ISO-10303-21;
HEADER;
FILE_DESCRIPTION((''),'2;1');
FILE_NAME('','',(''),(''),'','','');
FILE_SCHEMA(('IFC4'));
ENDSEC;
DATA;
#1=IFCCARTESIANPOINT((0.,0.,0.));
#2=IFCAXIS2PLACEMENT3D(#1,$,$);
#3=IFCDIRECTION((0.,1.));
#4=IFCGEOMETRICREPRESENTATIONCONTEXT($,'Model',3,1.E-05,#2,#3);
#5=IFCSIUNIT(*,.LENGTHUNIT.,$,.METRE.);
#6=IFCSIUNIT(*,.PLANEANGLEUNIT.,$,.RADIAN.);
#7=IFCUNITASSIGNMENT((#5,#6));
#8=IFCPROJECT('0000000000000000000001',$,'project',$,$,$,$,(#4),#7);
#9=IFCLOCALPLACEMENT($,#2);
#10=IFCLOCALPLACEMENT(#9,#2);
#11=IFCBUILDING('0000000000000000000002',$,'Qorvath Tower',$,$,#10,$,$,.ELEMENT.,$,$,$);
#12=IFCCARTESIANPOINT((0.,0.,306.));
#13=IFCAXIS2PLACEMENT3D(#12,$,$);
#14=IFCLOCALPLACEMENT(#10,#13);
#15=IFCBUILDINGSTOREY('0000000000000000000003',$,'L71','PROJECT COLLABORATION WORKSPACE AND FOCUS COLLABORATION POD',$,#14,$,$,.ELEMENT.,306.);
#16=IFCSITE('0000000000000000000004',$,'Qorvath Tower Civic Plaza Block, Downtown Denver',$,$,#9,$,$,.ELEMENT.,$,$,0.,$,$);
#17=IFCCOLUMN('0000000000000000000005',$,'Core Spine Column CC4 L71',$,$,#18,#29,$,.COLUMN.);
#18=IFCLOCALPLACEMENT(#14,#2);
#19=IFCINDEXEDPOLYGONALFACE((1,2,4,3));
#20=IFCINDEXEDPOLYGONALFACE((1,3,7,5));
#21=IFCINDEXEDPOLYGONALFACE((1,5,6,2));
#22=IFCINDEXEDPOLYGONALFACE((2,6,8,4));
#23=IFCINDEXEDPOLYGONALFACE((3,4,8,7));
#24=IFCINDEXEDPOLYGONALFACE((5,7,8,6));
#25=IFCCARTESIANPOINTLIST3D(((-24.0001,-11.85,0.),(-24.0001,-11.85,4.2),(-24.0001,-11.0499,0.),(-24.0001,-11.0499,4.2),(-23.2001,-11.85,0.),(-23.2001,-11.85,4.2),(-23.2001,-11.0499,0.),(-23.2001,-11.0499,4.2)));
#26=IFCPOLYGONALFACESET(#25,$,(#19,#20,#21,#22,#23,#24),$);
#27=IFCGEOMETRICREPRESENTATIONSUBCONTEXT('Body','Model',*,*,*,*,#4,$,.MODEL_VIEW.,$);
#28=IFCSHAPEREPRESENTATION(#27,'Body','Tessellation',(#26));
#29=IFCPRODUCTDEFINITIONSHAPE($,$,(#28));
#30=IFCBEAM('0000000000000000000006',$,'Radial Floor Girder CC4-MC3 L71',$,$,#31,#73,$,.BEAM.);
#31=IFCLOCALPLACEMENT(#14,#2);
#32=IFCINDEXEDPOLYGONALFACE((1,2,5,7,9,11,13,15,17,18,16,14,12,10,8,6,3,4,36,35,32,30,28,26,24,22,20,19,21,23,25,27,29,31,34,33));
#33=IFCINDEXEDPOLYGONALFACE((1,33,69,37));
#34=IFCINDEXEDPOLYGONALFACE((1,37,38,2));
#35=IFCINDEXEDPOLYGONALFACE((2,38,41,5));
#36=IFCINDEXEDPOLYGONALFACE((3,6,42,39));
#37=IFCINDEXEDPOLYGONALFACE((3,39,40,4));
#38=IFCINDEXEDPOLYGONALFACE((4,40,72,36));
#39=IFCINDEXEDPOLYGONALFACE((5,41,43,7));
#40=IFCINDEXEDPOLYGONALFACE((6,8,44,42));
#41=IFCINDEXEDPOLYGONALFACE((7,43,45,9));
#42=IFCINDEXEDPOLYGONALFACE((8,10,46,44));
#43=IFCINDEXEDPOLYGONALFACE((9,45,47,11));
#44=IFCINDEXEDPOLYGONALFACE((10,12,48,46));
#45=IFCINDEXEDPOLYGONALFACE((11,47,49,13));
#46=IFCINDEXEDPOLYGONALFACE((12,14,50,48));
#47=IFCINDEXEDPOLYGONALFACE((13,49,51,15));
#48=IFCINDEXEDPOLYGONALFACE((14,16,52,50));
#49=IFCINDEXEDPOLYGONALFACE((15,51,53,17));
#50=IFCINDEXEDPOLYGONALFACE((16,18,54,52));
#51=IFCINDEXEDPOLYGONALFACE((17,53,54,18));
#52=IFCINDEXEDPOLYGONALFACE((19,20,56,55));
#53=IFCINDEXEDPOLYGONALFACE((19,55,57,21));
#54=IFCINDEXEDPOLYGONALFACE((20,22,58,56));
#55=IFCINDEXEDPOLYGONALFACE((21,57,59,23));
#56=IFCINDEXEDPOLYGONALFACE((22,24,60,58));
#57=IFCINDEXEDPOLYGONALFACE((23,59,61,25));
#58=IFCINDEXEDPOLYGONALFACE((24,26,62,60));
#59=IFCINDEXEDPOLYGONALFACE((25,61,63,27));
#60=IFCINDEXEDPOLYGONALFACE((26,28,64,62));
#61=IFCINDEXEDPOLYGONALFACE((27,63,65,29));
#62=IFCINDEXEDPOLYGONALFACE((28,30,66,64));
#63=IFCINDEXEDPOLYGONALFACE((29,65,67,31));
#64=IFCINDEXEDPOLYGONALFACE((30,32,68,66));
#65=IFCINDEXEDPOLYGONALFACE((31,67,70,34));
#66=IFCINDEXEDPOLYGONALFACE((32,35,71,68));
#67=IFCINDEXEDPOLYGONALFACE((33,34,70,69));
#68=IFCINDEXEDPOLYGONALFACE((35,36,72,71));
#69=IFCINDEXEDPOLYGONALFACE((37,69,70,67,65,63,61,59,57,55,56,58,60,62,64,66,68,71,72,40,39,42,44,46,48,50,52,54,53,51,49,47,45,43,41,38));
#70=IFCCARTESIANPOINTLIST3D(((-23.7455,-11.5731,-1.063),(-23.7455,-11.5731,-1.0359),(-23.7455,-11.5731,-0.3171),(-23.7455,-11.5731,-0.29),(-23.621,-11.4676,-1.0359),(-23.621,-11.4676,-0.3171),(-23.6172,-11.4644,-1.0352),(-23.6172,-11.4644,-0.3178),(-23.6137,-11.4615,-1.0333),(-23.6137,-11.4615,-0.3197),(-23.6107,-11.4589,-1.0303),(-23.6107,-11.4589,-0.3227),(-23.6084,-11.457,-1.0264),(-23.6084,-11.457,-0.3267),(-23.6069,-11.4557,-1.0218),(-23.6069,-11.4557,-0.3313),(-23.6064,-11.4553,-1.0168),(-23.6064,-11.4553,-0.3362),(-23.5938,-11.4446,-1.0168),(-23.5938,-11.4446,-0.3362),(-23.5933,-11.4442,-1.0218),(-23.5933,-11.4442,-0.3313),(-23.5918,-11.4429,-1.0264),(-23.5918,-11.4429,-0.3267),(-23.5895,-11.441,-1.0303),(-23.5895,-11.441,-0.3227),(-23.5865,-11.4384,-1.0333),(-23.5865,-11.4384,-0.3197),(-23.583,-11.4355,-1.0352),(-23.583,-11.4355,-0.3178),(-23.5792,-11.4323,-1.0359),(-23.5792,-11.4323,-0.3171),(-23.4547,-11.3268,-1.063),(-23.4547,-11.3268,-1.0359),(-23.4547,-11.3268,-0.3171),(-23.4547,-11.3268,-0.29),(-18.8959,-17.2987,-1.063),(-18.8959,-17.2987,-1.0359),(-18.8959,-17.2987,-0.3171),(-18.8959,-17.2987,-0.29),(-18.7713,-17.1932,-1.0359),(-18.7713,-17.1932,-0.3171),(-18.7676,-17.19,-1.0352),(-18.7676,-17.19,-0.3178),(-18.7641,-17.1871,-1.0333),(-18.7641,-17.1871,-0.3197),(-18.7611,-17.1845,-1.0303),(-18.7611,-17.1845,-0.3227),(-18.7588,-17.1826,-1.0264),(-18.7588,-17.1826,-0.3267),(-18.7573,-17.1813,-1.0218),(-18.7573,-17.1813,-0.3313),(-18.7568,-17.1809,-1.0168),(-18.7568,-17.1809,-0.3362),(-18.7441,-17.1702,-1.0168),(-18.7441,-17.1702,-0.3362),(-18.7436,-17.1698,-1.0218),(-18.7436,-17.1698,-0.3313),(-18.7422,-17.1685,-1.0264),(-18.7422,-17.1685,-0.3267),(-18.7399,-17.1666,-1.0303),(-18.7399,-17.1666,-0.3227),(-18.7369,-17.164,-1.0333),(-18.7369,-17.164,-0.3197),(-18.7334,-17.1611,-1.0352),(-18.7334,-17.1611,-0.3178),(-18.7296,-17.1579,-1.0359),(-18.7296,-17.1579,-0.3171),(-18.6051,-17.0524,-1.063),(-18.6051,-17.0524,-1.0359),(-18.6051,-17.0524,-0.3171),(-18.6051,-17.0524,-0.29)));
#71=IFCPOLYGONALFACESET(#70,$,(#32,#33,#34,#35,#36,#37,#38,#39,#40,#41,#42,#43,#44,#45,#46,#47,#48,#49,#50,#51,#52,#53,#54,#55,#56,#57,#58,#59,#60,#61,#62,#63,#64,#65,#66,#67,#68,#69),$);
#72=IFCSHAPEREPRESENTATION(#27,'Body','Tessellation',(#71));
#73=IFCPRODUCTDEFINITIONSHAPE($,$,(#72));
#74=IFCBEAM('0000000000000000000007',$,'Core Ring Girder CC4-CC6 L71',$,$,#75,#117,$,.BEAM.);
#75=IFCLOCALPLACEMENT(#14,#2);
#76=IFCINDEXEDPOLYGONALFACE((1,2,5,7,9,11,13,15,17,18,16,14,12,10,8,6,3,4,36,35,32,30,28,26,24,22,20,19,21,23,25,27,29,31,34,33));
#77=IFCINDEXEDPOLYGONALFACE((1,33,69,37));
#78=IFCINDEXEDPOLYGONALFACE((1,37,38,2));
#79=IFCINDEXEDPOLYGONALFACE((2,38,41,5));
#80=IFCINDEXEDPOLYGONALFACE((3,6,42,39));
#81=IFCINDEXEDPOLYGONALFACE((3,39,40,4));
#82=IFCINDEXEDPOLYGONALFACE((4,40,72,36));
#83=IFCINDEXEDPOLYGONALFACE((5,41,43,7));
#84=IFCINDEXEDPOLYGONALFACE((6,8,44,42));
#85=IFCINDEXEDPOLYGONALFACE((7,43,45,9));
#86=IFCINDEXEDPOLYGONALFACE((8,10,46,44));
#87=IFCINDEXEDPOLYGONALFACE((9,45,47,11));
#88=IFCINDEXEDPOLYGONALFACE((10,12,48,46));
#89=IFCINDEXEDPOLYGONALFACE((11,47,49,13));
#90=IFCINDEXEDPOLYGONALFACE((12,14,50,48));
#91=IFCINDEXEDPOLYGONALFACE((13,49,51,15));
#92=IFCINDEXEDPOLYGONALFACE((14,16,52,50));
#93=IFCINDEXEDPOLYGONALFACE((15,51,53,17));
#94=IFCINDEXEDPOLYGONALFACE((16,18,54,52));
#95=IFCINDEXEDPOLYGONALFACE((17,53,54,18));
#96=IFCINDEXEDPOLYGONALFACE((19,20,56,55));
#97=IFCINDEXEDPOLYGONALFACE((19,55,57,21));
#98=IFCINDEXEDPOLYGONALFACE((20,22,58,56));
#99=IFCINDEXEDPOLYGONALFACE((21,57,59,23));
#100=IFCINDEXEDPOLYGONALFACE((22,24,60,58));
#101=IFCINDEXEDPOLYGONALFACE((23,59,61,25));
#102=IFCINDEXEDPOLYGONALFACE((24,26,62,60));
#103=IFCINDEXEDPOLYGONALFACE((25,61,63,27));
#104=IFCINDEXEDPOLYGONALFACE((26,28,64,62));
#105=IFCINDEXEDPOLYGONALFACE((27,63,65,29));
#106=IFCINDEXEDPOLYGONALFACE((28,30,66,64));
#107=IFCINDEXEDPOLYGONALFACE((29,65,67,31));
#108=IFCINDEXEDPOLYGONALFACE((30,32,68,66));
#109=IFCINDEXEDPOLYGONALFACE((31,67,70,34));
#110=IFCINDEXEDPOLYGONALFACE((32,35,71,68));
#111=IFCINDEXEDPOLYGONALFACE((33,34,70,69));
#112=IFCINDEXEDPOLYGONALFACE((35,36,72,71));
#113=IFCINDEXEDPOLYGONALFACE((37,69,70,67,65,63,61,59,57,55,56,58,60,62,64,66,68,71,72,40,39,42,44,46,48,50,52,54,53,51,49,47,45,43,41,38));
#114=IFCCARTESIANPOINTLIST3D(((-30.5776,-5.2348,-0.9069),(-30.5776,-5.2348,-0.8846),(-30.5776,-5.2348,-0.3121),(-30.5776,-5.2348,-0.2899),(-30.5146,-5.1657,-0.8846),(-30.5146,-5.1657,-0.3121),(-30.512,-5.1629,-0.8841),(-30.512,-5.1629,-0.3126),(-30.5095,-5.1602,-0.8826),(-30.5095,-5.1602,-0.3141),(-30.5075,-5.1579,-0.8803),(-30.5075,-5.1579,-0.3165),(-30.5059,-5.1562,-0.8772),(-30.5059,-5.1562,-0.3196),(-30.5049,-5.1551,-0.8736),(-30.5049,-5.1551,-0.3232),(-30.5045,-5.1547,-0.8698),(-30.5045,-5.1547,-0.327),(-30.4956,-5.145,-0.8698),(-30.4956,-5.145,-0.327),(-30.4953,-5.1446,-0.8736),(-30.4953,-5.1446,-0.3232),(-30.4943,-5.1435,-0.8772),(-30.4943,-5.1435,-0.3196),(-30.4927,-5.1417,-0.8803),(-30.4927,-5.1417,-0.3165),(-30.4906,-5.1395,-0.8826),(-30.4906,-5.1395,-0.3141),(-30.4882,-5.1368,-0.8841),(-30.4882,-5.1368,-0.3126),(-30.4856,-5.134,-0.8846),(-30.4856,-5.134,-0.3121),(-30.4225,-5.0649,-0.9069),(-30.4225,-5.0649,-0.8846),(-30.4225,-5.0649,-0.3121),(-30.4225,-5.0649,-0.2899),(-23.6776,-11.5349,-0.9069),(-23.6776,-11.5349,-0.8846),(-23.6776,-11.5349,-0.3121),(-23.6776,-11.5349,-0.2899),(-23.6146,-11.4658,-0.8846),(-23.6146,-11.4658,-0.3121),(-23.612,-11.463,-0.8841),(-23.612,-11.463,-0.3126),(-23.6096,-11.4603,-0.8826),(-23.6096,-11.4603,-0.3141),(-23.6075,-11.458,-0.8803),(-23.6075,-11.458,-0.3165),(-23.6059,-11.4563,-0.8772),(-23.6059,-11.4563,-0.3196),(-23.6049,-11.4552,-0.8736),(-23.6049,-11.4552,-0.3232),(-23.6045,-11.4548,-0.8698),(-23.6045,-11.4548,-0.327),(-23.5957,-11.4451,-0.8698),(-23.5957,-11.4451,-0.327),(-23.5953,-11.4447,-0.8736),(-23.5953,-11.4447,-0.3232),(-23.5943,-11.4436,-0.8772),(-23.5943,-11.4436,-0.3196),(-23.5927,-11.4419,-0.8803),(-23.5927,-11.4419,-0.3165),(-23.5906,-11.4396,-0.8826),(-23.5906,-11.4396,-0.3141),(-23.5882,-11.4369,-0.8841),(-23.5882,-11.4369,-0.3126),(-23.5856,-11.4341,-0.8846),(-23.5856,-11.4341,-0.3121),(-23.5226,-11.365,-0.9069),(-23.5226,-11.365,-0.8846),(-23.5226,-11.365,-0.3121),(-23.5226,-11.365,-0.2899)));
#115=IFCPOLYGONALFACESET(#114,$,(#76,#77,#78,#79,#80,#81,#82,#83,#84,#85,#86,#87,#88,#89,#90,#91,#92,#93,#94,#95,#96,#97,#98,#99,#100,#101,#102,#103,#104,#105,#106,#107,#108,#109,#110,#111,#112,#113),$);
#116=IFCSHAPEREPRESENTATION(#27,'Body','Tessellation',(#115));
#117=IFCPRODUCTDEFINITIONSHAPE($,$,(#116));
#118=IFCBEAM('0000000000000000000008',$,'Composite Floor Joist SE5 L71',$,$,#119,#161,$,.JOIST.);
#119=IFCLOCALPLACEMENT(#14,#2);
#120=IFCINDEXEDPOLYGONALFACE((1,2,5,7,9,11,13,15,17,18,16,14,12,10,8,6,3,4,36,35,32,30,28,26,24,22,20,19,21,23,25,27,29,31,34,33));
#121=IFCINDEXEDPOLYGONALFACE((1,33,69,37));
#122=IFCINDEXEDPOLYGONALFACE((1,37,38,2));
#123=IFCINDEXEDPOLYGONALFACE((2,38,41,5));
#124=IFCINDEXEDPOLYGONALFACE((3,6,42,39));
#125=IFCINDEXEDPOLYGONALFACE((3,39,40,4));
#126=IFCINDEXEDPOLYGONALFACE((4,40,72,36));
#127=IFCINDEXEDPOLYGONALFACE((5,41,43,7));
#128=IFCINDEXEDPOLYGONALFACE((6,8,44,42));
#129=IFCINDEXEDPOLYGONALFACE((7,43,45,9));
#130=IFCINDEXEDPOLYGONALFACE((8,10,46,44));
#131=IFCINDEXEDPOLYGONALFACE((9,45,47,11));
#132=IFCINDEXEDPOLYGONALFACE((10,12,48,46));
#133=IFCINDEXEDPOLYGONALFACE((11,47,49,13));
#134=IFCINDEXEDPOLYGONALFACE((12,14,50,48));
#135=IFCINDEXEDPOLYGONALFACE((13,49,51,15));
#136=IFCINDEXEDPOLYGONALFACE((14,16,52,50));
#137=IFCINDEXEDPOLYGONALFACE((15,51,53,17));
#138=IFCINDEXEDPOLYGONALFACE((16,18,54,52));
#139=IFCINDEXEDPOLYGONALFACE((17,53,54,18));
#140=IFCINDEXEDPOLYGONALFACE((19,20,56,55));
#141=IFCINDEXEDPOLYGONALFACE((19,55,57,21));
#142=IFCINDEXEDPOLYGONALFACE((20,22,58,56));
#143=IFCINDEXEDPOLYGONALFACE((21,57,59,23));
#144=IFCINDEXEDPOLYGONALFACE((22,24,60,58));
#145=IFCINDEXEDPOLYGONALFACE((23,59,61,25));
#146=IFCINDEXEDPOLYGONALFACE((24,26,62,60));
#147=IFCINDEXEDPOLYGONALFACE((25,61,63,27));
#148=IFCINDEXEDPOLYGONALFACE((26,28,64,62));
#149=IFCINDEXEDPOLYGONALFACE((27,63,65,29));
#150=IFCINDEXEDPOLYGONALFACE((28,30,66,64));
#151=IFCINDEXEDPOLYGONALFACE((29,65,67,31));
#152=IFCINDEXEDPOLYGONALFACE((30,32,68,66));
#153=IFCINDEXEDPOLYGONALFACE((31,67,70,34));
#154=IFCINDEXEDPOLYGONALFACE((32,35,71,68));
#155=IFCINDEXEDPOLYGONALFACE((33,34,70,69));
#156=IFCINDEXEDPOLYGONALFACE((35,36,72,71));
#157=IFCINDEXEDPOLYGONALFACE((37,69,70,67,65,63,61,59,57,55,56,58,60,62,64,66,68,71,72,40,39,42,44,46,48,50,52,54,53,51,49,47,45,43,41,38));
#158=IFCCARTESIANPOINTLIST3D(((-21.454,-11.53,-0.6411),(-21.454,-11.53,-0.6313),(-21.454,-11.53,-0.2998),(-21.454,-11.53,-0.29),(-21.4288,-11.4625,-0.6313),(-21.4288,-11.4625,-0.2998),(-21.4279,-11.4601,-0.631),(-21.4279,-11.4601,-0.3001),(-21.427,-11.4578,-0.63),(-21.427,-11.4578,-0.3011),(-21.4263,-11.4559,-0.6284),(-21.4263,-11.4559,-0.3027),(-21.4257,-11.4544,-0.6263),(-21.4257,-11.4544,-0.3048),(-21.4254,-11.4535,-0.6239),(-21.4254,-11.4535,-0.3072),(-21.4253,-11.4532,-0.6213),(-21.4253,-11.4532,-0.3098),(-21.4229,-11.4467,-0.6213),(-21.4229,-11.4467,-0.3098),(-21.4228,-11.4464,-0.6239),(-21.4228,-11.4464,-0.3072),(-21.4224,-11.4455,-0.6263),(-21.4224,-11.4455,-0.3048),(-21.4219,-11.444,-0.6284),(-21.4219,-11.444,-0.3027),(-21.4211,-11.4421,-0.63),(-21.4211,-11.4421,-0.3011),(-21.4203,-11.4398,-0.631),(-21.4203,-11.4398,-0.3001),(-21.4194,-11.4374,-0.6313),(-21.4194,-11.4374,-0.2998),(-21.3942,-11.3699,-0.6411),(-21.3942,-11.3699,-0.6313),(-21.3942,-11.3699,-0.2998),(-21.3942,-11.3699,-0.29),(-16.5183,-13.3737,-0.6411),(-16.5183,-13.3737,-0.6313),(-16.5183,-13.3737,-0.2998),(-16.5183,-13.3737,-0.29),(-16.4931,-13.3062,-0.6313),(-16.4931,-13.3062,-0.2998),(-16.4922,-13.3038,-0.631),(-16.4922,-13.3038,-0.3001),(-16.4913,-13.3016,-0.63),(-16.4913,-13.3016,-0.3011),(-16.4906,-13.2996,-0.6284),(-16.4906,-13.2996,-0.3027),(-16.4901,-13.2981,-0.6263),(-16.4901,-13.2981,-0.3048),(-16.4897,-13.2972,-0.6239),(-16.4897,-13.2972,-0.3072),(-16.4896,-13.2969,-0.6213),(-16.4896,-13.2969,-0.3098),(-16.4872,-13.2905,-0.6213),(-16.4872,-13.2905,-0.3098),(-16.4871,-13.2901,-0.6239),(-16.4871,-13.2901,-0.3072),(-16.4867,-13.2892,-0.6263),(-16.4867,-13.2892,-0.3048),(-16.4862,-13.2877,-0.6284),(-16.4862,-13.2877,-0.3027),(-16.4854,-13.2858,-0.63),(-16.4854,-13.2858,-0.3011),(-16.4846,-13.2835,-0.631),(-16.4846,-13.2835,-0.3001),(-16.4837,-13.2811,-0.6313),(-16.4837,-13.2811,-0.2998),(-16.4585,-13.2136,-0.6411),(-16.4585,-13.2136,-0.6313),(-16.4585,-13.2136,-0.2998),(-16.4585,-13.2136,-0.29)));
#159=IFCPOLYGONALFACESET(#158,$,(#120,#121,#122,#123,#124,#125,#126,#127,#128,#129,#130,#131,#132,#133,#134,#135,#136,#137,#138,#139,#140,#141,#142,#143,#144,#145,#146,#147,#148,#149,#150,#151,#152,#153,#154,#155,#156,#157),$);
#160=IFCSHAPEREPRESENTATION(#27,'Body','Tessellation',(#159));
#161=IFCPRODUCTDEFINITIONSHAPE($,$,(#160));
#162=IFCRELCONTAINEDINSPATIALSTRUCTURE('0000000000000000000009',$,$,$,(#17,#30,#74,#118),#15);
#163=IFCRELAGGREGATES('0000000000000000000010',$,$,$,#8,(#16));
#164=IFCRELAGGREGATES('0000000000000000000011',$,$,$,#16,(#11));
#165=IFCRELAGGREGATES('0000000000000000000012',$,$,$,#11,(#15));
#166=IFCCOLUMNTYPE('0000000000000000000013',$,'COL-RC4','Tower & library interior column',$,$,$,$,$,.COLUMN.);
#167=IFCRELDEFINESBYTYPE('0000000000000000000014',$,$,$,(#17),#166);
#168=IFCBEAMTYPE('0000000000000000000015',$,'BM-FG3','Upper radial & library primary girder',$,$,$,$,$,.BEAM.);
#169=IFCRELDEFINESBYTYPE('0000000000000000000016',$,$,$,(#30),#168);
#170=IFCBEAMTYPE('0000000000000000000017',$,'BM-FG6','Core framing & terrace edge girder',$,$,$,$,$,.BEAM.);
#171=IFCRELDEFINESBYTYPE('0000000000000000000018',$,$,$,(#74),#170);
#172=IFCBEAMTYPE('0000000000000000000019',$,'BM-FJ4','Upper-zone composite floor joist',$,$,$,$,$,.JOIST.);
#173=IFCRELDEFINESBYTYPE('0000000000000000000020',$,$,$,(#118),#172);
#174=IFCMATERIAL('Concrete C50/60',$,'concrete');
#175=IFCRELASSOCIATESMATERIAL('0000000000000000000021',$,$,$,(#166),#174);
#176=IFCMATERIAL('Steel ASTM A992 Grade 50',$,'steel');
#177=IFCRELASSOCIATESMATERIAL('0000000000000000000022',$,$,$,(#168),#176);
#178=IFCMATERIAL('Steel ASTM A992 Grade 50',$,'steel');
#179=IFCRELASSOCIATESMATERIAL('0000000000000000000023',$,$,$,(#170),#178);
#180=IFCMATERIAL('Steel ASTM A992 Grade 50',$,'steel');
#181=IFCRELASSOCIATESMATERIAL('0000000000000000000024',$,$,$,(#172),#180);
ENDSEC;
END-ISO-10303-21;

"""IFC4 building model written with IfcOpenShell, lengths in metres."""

from ifc_helpers import new_model, si_unit, direction, frame, origin, origin_2d, place, context, subcontext, project, spatial, rectangle, i_section, extrude, material, material_profile, profile_set, type_object, element, save


model = new_model("IFC4")

# Units and contexts
model_context = context("Model", 3, precision=1e-05, world=origin(), true_north=direction((0.0, 1.0)))
body_context = subcontext(model_context, "Body", "Model", "MODEL_VIEW")
ifc_project = project(units=[si_unit("LENGTHUNIT", "METRE"), si_unit("PLANEANGLEUNIT", "RADIAN")], contexts=[model_context])

# Site, building, storey
site_placement = place(None, origin())
site = spatial("IfcSite", under=ifc_project, at=site_placement, Name="Qorvath Tower Civic Plaza Block, Downtown Denver", CompositionType="ELEMENT", RefElevation=0.0)
building_placement = place(site_placement, origin())
building = spatial("IfcBuilding", under=site, at=building_placement, Name="Qorvath Tower", CompositionType="ELEMENT")
storey_placement = place(building_placement, frame((0.0, 0.0, 306.0)))
storey = spatial("IfcBuildingStorey", under=building, at=storey_placement, Name="L71", Description="PROJECT COLLABORATION WORKSPACE AND FOCUS COLLABORATION POD", CompositionType="ELEMENT", Elevation=306.0)

# Column
ifc_material_1 = material(Name="Concrete C50/60", Category="concrete")
ifc_material_profile_1 = material_profile(ifc_material_1, rectangle(XDim=0.8, YDim=0.8, at=origin_2d()), Name="RC 800x800")
ifc_profile_set_1 = profile_set([ifc_material_profile_1], Name="Concrete C50/60")
column_type = type_object("IfcColumnType", Name="COL-RC4", Description="Tower & library interior column", PredefinedType="COLUMN", material=ifc_profile_set_1)
column_placement = place(storey_placement, frame((-23.6001, -11.45, 0.0), z_axis=(0.0, 0.0, 1.0), x_axis=(1.0, 0.0, 0.0)))
element("IfcColumn", 1, at=column_placement, inside=storey, type_object=column_type, Name="Core Spine Column CC4 L71", PredefinedType="COLUMN", context=body_context, shape_type="SweptSolid", body=[
    extrude(rectangle(XDim=0.8, YDim=0.8, at=origin_2d()), origin(), (0.0, 0.0, 1.0), 4.2),
])

# Beams
ifc_material_2 = material(Name="Steel ASTM A992 Grade 50", Category="steel")
ifc_material_profile_2 = material_profile(ifc_material_2, i_section(OverallWidth=0.3811, OverallDepth=0.7729, WebThickness=0.0166, FlangeThickness=0.0271, FilletRadius=0.019, at=origin_2d()), Name="W30x173")
ifc_profile_set_2 = profile_set([ifc_material_profile_2], Name="Steel ASTM A992 Grade 50")
beam_type_1 = type_object("IfcBeamType", Name="BM-FG3", Description="Upper radial & library primary girder", PredefinedType="BEAM", material=ifc_profile_set_2)
beam_1_placement = place(storey_placement, frame((-23.6001, -11.45, -0.6765), z_axis=(0.646321, -0.763065, 0.0), x_axis=(0.763065, 0.646321, 0.0)))
element("IfcBeam", 2, at=beam_1_placement, inside=storey, type_object=beam_type_1, Name="Radial Floor Girder CC4-MC3 L71", PredefinedType="BEAM", context=body_context, shape_type="SweptSolid", body=[
    extrude(i_section(OverallWidth=0.3811, OverallDepth=0.7729, WebThickness=0.0166, FlangeThickness=0.0271, FilletRadius=0.019, at=origin_2d()), origin(), (0.0, 0.0, 1.0), 7.5034),
])
ifc_material_3 = material(Name="Steel ASTM A992 Grade 50", Category="steel")
ifc_material_profile_3 = material_profile(ifc_material_3, i_section(OverallWidth=0.23, OverallDepth=0.6169, WebThickness=0.0132, FlangeThickness=0.0222, FilletRadius=0.0149, at=origin_2d()), Name="W24x94")
ifc_profile_set_3 = profile_set([ifc_material_profile_3], Name="Steel ASTM A992 Grade 50")
beam_type_2 = type_object("IfcBeamType", Name="BM-FG6", Description="Core framing & terrace edge girder", PredefinedType="BEAM", material=ifc_profile_set_3)
beam_2_placement = place(storey_placement, frame((-23.6001, -11.45, -0.5984), z_axis=(-0.738478, 0.674277, 0.0), x_axis=(-0.674277, -0.738478, 0.0)))
element("IfcBeam", 3, at=beam_2_placement, inside=storey, type_object=beam_type_2, Name="Core Ring Girder CC4-CC6 L71", PredefinedType="BEAM", context=body_context, shape_type="SweptSolid", body=[
    extrude(i_section(OverallWidth=0.23, OverallDepth=0.6169, WebThickness=0.0132, FlangeThickness=0.0222, FilletRadius=0.0149, at=origin_2d()), origin(), (0.0, 0.0, 1.0), 9.3435),
])
ifc_material_4 = material(Name="Steel ASTM A992 Grade 50", Category="steel")
ifc_material_profile_4 = material_profile(ifc_material_4, i_section(OverallWidth=0.1709, OverallDepth=0.3511, WebThickness=0.0068, FlangeThickness=0.0098, FilletRadius=0.01, at=origin_2d()), Name="W14x30")
ifc_profile_set_4 = profile_set([ifc_material_profile_4], Name="Steel ASTM A992 Grade 50")
beam_type_3 = type_object("IfcBeamType", Name="BM-FJ4", Description="Upper-zone composite floor joist", PredefinedType="JOIST", material=ifc_profile_set_4)
beam_3_placement = place(storey_placement, frame((-21.4241, -11.45, -0.4656), z_axis=(0.936776, -0.34993, 0.0), x_axis=(0.34993, 0.936776, 0.0)))
element("IfcBeam", 4, at=beam_3_placement, inside=storey, type_object=beam_type_3, Name="Composite Floor Joist SE5 L71", PredefinedType="JOIST", context=body_context, shape_type="SweptSolid", body=[
    extrude(i_section(OverallWidth=0.1709, OverallDepth=0.3511, WebThickness=0.0068, FlangeThickness=0.0098, FilletRadius=0.01, at=origin_2d()), origin(), (0.0, 0.0, 1.0), 5.2688),
])

save(model, "model.ifc")
